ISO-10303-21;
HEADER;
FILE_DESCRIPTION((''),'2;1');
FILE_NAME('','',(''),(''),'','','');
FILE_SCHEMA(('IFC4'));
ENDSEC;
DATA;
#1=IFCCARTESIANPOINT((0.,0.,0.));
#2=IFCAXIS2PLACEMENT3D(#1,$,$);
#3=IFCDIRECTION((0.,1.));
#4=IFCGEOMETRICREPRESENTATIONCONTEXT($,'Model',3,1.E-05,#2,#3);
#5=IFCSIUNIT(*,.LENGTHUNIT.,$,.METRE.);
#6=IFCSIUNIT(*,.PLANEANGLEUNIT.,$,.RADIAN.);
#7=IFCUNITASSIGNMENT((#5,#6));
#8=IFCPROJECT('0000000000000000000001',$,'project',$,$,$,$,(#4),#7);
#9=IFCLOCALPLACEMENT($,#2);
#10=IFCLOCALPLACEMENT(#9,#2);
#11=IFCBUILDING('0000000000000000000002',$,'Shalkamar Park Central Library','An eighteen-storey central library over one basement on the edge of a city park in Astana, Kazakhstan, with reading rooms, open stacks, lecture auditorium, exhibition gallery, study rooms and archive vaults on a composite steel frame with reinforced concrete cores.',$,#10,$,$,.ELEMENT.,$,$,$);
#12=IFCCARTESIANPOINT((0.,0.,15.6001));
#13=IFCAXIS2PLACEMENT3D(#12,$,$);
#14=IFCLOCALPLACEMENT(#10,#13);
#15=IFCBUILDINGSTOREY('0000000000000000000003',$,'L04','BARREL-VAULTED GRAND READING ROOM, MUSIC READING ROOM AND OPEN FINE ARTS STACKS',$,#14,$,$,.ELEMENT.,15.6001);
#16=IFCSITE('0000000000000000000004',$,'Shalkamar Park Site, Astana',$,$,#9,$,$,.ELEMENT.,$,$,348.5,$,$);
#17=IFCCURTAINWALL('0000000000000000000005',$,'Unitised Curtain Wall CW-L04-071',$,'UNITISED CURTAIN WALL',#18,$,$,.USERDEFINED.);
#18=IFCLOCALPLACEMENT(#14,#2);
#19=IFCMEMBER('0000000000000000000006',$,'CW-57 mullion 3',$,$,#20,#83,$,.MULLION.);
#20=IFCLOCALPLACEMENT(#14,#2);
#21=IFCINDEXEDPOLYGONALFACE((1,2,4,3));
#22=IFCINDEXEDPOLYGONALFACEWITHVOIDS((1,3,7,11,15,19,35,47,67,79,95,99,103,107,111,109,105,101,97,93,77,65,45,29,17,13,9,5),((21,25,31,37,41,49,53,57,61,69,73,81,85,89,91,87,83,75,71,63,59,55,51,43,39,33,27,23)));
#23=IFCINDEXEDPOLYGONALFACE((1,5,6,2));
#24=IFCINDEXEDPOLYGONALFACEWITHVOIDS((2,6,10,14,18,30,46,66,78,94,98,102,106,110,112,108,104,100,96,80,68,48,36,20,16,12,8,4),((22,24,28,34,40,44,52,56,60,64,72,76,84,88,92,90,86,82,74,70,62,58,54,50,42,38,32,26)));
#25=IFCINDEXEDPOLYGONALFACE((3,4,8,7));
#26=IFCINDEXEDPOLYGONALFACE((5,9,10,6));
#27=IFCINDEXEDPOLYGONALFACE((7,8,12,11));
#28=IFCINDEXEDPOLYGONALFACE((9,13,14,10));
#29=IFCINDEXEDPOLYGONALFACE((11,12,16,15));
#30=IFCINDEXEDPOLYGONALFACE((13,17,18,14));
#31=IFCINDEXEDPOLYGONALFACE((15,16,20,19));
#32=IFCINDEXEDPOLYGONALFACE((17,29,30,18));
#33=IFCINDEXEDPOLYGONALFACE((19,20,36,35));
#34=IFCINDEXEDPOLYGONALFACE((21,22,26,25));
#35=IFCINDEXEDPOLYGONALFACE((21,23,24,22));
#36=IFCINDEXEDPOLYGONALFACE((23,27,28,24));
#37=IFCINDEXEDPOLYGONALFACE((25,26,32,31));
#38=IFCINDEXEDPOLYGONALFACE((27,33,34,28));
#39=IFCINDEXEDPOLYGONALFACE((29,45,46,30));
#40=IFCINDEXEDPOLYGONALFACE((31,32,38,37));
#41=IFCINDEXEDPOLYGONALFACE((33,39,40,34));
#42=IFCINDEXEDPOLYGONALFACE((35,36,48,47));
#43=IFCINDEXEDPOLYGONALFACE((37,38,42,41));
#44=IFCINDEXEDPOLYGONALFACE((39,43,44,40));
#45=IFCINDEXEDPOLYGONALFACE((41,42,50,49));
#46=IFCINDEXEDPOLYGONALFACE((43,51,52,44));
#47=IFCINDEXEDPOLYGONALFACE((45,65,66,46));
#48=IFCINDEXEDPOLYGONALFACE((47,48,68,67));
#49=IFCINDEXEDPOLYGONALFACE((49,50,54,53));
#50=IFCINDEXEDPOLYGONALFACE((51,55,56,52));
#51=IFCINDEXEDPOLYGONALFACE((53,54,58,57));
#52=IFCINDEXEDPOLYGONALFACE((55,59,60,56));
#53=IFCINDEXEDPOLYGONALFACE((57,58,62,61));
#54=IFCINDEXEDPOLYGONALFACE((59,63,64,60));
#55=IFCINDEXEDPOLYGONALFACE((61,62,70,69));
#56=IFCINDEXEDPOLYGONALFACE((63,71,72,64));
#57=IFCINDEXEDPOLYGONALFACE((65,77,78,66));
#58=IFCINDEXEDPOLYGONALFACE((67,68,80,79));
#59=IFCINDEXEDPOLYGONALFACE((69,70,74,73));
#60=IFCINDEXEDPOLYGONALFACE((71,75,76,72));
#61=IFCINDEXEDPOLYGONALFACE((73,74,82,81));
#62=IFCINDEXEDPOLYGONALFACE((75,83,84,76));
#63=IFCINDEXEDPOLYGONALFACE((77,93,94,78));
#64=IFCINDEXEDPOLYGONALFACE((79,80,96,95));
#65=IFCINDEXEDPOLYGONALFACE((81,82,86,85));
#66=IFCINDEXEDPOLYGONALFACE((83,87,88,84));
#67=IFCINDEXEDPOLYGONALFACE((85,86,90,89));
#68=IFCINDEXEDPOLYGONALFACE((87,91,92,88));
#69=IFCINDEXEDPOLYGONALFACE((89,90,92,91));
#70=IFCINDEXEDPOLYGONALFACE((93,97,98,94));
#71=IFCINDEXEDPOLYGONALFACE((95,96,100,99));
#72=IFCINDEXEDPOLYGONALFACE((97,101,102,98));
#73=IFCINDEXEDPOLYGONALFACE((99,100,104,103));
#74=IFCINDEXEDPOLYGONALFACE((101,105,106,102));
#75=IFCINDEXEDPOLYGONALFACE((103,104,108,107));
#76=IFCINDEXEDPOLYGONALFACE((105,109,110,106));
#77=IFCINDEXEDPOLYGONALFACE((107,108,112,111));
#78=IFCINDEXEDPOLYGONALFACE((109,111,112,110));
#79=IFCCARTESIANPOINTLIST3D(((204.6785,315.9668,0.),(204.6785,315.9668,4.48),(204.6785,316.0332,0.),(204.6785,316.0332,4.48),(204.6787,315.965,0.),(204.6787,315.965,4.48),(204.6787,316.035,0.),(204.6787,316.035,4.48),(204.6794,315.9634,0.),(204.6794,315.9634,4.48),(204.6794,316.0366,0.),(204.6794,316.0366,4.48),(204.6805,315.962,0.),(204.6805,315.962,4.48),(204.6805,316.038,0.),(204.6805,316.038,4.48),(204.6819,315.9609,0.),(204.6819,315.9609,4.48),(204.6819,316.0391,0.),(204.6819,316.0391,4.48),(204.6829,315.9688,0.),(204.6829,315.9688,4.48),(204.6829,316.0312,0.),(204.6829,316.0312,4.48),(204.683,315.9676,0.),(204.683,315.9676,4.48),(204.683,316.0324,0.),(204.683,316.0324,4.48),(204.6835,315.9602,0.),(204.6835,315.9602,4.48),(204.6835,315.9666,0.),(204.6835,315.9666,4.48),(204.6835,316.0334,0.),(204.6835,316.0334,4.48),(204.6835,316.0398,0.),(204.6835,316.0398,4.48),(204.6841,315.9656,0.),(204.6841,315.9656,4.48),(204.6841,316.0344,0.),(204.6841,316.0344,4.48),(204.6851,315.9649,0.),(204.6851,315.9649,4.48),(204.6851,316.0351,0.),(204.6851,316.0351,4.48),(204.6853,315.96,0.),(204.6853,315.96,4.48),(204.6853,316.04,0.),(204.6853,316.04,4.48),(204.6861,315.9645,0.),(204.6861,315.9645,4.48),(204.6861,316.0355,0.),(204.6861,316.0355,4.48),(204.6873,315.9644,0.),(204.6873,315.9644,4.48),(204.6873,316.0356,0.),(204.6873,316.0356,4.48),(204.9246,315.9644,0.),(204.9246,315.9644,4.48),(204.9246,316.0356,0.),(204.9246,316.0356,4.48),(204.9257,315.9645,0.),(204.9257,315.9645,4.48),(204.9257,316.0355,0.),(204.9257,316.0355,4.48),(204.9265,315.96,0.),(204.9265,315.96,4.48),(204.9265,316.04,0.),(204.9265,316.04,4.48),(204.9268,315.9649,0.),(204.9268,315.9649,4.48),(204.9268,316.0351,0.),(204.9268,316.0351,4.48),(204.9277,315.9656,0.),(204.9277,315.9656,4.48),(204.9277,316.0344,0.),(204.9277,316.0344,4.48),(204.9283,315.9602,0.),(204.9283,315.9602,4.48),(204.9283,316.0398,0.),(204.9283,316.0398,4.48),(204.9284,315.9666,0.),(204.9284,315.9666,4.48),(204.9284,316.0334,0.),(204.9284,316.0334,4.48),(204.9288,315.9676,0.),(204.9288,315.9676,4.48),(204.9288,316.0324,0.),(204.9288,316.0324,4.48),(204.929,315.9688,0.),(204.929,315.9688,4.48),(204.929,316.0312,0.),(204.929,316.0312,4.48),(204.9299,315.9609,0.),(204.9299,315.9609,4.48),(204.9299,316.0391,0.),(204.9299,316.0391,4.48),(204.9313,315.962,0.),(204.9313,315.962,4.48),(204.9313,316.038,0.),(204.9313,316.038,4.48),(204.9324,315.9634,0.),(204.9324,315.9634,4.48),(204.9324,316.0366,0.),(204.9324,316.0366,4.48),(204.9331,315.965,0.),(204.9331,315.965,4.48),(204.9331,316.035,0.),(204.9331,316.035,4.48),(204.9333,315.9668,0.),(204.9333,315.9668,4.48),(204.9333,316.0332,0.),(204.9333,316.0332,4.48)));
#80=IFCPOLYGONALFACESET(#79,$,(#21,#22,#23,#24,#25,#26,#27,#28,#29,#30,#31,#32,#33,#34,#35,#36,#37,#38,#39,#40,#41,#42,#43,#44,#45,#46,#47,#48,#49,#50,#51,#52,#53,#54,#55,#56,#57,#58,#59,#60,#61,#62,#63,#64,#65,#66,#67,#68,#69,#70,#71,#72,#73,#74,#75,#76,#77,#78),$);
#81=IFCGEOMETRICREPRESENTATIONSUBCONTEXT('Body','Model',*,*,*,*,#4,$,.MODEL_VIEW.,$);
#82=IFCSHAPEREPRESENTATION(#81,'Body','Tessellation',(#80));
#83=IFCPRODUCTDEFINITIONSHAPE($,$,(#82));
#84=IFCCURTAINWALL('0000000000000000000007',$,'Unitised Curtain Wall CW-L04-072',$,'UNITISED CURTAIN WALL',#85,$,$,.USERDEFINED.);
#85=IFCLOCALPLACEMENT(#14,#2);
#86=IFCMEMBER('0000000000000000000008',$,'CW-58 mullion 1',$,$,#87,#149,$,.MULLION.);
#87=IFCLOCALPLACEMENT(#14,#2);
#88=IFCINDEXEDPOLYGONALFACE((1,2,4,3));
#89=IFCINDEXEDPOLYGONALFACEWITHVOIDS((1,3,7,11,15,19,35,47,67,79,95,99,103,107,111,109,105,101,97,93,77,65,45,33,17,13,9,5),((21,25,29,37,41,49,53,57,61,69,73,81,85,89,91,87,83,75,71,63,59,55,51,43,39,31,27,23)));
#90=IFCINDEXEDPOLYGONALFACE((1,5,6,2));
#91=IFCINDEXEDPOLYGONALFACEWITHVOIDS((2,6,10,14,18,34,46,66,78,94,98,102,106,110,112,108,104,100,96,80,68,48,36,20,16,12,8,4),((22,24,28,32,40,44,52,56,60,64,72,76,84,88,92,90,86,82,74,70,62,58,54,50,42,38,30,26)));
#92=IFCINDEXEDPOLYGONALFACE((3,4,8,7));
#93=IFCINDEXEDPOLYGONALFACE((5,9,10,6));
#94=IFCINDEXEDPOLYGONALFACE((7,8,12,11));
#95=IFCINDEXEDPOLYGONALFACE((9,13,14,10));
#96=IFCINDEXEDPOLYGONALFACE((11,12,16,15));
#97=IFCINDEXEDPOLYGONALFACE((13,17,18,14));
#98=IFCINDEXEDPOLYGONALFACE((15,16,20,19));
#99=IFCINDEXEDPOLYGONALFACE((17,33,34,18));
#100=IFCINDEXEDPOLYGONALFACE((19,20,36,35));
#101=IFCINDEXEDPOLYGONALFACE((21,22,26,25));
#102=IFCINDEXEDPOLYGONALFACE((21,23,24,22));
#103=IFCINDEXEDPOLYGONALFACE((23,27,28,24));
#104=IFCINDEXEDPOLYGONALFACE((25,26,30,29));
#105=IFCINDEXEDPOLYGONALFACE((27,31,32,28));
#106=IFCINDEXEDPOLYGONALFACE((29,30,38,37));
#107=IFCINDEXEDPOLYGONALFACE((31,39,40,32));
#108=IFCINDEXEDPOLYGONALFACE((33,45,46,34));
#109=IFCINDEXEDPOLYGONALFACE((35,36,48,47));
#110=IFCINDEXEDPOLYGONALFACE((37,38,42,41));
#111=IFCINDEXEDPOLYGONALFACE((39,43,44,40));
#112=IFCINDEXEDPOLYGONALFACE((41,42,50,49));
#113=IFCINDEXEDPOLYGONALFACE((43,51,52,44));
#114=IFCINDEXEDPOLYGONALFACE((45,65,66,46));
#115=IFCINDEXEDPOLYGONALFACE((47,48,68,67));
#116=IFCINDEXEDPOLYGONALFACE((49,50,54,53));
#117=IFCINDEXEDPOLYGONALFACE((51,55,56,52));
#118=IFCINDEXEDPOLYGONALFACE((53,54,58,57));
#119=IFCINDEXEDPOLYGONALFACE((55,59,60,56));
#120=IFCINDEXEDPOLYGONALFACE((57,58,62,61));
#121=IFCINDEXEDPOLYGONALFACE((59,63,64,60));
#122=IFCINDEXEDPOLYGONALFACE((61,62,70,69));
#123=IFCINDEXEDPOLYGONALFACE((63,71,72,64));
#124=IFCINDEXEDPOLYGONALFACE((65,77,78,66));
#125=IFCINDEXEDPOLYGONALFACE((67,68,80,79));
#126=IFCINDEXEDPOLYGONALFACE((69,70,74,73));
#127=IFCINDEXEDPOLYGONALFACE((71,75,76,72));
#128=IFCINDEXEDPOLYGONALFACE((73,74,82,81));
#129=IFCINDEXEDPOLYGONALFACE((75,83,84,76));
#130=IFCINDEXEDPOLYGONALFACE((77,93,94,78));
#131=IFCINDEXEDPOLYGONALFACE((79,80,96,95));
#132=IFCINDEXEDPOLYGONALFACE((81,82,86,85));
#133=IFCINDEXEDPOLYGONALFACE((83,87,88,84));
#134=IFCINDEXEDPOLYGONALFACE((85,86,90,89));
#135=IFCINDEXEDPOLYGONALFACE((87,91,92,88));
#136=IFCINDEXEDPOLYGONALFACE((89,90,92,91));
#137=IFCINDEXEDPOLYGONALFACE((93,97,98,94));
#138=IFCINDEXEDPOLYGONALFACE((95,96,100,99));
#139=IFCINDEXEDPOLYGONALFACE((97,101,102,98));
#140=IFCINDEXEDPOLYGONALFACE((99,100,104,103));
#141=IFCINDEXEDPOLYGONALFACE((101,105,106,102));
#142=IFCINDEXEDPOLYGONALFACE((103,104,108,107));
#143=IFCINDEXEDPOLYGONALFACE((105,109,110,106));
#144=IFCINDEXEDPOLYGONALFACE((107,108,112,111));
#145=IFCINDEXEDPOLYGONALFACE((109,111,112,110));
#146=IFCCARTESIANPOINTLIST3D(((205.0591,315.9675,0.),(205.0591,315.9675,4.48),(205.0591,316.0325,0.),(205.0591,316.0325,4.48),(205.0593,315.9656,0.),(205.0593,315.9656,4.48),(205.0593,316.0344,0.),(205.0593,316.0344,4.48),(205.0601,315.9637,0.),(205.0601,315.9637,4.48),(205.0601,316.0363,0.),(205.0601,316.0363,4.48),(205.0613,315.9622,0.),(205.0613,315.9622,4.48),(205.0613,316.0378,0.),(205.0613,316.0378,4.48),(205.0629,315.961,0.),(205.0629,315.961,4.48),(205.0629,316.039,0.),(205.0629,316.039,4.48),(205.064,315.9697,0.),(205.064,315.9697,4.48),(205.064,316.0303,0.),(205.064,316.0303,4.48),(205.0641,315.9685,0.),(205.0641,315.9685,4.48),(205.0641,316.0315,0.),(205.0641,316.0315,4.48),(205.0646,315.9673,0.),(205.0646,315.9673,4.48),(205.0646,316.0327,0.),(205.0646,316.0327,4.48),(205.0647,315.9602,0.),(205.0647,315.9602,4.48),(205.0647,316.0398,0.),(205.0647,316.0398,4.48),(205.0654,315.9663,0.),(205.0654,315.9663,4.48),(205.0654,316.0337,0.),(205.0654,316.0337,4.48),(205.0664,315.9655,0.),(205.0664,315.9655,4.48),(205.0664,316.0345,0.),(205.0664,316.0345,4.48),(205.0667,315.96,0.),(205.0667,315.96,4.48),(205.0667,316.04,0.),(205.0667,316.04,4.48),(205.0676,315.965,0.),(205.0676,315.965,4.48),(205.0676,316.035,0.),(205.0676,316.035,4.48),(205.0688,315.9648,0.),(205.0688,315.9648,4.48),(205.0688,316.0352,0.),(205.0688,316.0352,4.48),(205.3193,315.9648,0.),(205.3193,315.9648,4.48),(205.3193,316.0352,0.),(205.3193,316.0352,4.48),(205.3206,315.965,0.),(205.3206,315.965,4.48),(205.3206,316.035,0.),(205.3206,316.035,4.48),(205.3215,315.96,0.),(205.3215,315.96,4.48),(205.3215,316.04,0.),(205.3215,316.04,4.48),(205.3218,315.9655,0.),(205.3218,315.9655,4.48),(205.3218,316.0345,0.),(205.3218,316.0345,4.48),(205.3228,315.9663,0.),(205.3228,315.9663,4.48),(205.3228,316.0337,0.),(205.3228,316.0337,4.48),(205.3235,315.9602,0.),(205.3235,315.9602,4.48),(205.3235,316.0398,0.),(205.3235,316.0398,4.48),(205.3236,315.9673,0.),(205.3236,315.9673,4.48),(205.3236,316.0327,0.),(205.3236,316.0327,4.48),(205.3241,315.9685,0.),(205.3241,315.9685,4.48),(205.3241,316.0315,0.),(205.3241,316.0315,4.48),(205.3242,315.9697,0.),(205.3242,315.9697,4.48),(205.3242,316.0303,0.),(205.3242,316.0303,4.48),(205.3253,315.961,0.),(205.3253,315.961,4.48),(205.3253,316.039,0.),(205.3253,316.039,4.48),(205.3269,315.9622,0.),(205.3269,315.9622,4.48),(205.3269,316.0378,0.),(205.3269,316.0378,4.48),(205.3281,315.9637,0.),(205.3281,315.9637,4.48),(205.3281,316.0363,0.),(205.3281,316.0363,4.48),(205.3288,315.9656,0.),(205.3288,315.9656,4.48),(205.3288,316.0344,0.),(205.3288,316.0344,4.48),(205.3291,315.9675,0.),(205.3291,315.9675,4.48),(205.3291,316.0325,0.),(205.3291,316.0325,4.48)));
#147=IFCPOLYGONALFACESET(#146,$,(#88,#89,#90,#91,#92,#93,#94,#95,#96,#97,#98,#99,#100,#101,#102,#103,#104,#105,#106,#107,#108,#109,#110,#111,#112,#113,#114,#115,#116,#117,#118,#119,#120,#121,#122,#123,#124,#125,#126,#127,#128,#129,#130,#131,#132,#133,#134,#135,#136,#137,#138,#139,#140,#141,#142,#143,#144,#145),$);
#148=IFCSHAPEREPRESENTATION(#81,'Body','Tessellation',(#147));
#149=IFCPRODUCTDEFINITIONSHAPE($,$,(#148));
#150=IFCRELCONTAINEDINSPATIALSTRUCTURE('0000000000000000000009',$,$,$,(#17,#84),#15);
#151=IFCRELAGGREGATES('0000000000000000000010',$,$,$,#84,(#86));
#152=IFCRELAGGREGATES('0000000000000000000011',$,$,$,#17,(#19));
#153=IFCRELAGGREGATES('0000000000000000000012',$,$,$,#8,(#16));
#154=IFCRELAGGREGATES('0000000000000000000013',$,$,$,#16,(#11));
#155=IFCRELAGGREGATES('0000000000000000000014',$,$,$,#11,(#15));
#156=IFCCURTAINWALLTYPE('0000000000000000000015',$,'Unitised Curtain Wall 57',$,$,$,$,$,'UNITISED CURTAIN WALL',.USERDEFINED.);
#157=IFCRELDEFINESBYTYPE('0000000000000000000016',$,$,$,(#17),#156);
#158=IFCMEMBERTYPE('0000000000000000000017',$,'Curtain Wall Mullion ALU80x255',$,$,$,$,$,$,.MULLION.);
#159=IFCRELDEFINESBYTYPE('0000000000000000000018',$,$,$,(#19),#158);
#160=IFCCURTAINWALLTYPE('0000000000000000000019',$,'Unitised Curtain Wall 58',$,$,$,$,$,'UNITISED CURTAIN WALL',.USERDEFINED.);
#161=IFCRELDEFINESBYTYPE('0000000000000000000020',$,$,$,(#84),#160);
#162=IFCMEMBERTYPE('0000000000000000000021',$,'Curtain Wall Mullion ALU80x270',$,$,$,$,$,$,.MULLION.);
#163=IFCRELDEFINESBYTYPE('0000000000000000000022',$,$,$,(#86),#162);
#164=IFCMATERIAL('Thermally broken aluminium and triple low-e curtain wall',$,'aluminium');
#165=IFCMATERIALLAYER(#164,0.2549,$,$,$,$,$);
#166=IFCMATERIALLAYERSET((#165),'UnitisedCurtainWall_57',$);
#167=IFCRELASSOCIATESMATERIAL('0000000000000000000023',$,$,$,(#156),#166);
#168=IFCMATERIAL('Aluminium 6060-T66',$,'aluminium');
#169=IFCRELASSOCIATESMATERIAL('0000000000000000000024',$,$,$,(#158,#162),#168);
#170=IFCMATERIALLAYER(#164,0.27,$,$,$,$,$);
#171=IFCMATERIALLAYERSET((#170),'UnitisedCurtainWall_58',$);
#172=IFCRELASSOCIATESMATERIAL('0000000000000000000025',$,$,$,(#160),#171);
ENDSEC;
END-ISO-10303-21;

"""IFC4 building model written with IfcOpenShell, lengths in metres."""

from ifc_helpers import new_model, si_unit, direction, frame, origin, origin_2d, place, context, subcontext, project, spatial, hollow_rectangle, extrude, material, layer, layer_set, material_profile, profile_set, type_object, element, aggregate, save


model = new_model("IFC4")

# Units and contexts
model_context = context("Model", 3, precision=1e-05, world=origin(), true_north=direction((0.0, 1.0)))
body_context = subcontext(model_context, "Body", "Model", "MODEL_VIEW")
ifc_project = project(units=[si_unit("LENGTHUNIT", "METRE"), si_unit("PLANEANGLEUNIT", "RADIAN")], contexts=[model_context])

# Site, building, storey
site_placement = place(None, origin())
site = spatial("IfcSite", under=ifc_project, at=site_placement, Name="Shalkamar Park Site, Astana", CompositionType="ELEMENT", RefElevation=348.5)
building_placement = place(site_placement, origin())
building = spatial("IfcBuilding", under=site, at=building_placement, Name="Shalkamar Park Central Library", Description="An eighteen-storey central library over one basement on the edge of a city park in Astana, Kazakhstan, with reading rooms, open stacks, lecture auditorium, exhibition gallery, study rooms and archive vaults on a composite steel frame with reinforced concrete cores.", CompositionType="ELEMENT")
storey_placement = place(building_placement, frame((0.0, 0.0, 15.6001)))
storey = spatial("IfcBuildingStorey", under=building, at=storey_placement, Name="L04", Description="BARREL-VAULTED GRAND READING ROOM, MUSIC READING ROOM AND OPEN FINE ARTS STACKS", CompositionType="ELEMENT", Elevation=15.6001)

# Curtain wall, member
ifc_material_1 = material(Name="Thermally broken aluminium and triple low-e curtain wall", Category="aluminium")
ifc_layer_1 = layer(ifc_material_1, 0.2549)
ifc_layer_set_1 = layer_set([ifc_layer_1], Name="UnitisedCurtainWall_57")
curtain_wall_type_1 = type_object("IfcCurtainWallType", Name="Unitised Curtain Wall 57", ElementType="UNITISED CURTAIN WALL", PredefinedType="USERDEFINED", material=ifc_layer_set_1)
curtain_wall_1_placement = place(storey_placement, origin())
curtain_wall_1 = element("IfcCurtainWall", 1, at=curtain_wall_1_placement, inside=storey, type_object=curtain_wall_type_1, Name="Unitised Curtain Wall CW-L04-071", ObjectType="UNITISED CURTAIN WALL", PredefinedType="USERDEFINED")
ifc_material_2 = material(Name="Aluminium 6060-T66", Category="aluminium")
ifc_material_profile_1 = material_profile(ifc_material_2, hollow_rectangle(XDim=0.0801, YDim=0.2549, WallThickness=0.0044, InnerFilletRadius=0.0044, OuterFilletRadius=0.0068, at=origin_2d()), Name="ALU 80x255x4.5")
ifc_profile_set_1 = profile_set([ifc_material_profile_1], Name="Aluminium 6060-T66")
member_type_1 = type_object("IfcMemberType", Name="Curtain Wall Mullion ALU80x255", PredefinedType="MULLION", material=ifc_profile_set_1)
member_1_placement = place(storey_placement, frame((204.8059, 316.0, 0.0), z_axis=(0.0, 0.0, 1.0), x_axis=(0.0, 1.0, 0.0)))
member_1 = element("IfcMember", 2, at=member_1_placement, type_object=member_type_1, Name="CW-57 mullion 3", PredefinedType="MULLION", context=body_context, shape_type="SweptSolid", body=[
    extrude(hollow_rectangle(XDim=0.0801, YDim=0.2549, WallThickness=0.0044, InnerFilletRadius=0.0044, OuterFilletRadius=0.0068, at=origin_2d()), origin(), (0.0, 0.0, 1.0), 4.48),
])

# Curtain wall, member
ifc_layer_2 = layer(ifc_material_1, 0.27)
ifc_layer_set_2 = layer_set([ifc_layer_2], Name="UnitisedCurtainWall_58")
curtain_wall_type_2 = type_object("IfcCurtainWallType", Name="Unitised Curtain Wall 58", ElementType="UNITISED CURTAIN WALL", PredefinedType="USERDEFINED", material=ifc_layer_set_2)
curtain_wall_2_placement = place(storey_placement, origin())
curtain_wall_2 = element("IfcCurtainWall", 3, at=curtain_wall_2_placement, inside=storey, type_object=curtain_wall_type_2, Name="Unitised Curtain Wall CW-L04-072", ObjectType="UNITISED CURTAIN WALL", PredefinedType="USERDEFINED")
ifc_material_profile_2 = material_profile(ifc_material_2, hollow_rectangle(XDim=0.0801, YDim=0.27, WallThickness=0.0049, InnerFilletRadius=0.0049, OuterFilletRadius=0.0076, at=origin_2d()), Name="ALU 80x270x5")
ifc_profile_set_2 = profile_set([ifc_material_profile_2], Name="Aluminium 6060-T66")
member_type_2 = type_object("IfcMemberType", Name="Curtain Wall Mullion ALU80x270", PredefinedType="MULLION", material=ifc_profile_set_2)
member_2_placement = place(storey_placement, frame((205.1941, 316.0, 0.0), z_axis=(0.0, 0.0, 1.0), x_axis=(0.0, 1.0, 0.0)))
member_2 = element("IfcMember", 4, at=member_2_placement, type_object=member_type_2, Name="CW-58 mullion 1", PredefinedType="MULLION", context=body_context, shape_type="SweptSolid", body=[
    extrude(hollow_rectangle(XDim=0.0801, YDim=0.27, WallThickness=0.0049, InnerFilletRadius=0.0049, OuterFilletRadius=0.0076, at=origin_2d()), origin(), (0.0, 0.0, 1.0), 4.48),
])

aggregate(curtain_wall_2, [member_2])

aggregate(curtain_wall_1, [member_1])

save(model, "model.ifc")
